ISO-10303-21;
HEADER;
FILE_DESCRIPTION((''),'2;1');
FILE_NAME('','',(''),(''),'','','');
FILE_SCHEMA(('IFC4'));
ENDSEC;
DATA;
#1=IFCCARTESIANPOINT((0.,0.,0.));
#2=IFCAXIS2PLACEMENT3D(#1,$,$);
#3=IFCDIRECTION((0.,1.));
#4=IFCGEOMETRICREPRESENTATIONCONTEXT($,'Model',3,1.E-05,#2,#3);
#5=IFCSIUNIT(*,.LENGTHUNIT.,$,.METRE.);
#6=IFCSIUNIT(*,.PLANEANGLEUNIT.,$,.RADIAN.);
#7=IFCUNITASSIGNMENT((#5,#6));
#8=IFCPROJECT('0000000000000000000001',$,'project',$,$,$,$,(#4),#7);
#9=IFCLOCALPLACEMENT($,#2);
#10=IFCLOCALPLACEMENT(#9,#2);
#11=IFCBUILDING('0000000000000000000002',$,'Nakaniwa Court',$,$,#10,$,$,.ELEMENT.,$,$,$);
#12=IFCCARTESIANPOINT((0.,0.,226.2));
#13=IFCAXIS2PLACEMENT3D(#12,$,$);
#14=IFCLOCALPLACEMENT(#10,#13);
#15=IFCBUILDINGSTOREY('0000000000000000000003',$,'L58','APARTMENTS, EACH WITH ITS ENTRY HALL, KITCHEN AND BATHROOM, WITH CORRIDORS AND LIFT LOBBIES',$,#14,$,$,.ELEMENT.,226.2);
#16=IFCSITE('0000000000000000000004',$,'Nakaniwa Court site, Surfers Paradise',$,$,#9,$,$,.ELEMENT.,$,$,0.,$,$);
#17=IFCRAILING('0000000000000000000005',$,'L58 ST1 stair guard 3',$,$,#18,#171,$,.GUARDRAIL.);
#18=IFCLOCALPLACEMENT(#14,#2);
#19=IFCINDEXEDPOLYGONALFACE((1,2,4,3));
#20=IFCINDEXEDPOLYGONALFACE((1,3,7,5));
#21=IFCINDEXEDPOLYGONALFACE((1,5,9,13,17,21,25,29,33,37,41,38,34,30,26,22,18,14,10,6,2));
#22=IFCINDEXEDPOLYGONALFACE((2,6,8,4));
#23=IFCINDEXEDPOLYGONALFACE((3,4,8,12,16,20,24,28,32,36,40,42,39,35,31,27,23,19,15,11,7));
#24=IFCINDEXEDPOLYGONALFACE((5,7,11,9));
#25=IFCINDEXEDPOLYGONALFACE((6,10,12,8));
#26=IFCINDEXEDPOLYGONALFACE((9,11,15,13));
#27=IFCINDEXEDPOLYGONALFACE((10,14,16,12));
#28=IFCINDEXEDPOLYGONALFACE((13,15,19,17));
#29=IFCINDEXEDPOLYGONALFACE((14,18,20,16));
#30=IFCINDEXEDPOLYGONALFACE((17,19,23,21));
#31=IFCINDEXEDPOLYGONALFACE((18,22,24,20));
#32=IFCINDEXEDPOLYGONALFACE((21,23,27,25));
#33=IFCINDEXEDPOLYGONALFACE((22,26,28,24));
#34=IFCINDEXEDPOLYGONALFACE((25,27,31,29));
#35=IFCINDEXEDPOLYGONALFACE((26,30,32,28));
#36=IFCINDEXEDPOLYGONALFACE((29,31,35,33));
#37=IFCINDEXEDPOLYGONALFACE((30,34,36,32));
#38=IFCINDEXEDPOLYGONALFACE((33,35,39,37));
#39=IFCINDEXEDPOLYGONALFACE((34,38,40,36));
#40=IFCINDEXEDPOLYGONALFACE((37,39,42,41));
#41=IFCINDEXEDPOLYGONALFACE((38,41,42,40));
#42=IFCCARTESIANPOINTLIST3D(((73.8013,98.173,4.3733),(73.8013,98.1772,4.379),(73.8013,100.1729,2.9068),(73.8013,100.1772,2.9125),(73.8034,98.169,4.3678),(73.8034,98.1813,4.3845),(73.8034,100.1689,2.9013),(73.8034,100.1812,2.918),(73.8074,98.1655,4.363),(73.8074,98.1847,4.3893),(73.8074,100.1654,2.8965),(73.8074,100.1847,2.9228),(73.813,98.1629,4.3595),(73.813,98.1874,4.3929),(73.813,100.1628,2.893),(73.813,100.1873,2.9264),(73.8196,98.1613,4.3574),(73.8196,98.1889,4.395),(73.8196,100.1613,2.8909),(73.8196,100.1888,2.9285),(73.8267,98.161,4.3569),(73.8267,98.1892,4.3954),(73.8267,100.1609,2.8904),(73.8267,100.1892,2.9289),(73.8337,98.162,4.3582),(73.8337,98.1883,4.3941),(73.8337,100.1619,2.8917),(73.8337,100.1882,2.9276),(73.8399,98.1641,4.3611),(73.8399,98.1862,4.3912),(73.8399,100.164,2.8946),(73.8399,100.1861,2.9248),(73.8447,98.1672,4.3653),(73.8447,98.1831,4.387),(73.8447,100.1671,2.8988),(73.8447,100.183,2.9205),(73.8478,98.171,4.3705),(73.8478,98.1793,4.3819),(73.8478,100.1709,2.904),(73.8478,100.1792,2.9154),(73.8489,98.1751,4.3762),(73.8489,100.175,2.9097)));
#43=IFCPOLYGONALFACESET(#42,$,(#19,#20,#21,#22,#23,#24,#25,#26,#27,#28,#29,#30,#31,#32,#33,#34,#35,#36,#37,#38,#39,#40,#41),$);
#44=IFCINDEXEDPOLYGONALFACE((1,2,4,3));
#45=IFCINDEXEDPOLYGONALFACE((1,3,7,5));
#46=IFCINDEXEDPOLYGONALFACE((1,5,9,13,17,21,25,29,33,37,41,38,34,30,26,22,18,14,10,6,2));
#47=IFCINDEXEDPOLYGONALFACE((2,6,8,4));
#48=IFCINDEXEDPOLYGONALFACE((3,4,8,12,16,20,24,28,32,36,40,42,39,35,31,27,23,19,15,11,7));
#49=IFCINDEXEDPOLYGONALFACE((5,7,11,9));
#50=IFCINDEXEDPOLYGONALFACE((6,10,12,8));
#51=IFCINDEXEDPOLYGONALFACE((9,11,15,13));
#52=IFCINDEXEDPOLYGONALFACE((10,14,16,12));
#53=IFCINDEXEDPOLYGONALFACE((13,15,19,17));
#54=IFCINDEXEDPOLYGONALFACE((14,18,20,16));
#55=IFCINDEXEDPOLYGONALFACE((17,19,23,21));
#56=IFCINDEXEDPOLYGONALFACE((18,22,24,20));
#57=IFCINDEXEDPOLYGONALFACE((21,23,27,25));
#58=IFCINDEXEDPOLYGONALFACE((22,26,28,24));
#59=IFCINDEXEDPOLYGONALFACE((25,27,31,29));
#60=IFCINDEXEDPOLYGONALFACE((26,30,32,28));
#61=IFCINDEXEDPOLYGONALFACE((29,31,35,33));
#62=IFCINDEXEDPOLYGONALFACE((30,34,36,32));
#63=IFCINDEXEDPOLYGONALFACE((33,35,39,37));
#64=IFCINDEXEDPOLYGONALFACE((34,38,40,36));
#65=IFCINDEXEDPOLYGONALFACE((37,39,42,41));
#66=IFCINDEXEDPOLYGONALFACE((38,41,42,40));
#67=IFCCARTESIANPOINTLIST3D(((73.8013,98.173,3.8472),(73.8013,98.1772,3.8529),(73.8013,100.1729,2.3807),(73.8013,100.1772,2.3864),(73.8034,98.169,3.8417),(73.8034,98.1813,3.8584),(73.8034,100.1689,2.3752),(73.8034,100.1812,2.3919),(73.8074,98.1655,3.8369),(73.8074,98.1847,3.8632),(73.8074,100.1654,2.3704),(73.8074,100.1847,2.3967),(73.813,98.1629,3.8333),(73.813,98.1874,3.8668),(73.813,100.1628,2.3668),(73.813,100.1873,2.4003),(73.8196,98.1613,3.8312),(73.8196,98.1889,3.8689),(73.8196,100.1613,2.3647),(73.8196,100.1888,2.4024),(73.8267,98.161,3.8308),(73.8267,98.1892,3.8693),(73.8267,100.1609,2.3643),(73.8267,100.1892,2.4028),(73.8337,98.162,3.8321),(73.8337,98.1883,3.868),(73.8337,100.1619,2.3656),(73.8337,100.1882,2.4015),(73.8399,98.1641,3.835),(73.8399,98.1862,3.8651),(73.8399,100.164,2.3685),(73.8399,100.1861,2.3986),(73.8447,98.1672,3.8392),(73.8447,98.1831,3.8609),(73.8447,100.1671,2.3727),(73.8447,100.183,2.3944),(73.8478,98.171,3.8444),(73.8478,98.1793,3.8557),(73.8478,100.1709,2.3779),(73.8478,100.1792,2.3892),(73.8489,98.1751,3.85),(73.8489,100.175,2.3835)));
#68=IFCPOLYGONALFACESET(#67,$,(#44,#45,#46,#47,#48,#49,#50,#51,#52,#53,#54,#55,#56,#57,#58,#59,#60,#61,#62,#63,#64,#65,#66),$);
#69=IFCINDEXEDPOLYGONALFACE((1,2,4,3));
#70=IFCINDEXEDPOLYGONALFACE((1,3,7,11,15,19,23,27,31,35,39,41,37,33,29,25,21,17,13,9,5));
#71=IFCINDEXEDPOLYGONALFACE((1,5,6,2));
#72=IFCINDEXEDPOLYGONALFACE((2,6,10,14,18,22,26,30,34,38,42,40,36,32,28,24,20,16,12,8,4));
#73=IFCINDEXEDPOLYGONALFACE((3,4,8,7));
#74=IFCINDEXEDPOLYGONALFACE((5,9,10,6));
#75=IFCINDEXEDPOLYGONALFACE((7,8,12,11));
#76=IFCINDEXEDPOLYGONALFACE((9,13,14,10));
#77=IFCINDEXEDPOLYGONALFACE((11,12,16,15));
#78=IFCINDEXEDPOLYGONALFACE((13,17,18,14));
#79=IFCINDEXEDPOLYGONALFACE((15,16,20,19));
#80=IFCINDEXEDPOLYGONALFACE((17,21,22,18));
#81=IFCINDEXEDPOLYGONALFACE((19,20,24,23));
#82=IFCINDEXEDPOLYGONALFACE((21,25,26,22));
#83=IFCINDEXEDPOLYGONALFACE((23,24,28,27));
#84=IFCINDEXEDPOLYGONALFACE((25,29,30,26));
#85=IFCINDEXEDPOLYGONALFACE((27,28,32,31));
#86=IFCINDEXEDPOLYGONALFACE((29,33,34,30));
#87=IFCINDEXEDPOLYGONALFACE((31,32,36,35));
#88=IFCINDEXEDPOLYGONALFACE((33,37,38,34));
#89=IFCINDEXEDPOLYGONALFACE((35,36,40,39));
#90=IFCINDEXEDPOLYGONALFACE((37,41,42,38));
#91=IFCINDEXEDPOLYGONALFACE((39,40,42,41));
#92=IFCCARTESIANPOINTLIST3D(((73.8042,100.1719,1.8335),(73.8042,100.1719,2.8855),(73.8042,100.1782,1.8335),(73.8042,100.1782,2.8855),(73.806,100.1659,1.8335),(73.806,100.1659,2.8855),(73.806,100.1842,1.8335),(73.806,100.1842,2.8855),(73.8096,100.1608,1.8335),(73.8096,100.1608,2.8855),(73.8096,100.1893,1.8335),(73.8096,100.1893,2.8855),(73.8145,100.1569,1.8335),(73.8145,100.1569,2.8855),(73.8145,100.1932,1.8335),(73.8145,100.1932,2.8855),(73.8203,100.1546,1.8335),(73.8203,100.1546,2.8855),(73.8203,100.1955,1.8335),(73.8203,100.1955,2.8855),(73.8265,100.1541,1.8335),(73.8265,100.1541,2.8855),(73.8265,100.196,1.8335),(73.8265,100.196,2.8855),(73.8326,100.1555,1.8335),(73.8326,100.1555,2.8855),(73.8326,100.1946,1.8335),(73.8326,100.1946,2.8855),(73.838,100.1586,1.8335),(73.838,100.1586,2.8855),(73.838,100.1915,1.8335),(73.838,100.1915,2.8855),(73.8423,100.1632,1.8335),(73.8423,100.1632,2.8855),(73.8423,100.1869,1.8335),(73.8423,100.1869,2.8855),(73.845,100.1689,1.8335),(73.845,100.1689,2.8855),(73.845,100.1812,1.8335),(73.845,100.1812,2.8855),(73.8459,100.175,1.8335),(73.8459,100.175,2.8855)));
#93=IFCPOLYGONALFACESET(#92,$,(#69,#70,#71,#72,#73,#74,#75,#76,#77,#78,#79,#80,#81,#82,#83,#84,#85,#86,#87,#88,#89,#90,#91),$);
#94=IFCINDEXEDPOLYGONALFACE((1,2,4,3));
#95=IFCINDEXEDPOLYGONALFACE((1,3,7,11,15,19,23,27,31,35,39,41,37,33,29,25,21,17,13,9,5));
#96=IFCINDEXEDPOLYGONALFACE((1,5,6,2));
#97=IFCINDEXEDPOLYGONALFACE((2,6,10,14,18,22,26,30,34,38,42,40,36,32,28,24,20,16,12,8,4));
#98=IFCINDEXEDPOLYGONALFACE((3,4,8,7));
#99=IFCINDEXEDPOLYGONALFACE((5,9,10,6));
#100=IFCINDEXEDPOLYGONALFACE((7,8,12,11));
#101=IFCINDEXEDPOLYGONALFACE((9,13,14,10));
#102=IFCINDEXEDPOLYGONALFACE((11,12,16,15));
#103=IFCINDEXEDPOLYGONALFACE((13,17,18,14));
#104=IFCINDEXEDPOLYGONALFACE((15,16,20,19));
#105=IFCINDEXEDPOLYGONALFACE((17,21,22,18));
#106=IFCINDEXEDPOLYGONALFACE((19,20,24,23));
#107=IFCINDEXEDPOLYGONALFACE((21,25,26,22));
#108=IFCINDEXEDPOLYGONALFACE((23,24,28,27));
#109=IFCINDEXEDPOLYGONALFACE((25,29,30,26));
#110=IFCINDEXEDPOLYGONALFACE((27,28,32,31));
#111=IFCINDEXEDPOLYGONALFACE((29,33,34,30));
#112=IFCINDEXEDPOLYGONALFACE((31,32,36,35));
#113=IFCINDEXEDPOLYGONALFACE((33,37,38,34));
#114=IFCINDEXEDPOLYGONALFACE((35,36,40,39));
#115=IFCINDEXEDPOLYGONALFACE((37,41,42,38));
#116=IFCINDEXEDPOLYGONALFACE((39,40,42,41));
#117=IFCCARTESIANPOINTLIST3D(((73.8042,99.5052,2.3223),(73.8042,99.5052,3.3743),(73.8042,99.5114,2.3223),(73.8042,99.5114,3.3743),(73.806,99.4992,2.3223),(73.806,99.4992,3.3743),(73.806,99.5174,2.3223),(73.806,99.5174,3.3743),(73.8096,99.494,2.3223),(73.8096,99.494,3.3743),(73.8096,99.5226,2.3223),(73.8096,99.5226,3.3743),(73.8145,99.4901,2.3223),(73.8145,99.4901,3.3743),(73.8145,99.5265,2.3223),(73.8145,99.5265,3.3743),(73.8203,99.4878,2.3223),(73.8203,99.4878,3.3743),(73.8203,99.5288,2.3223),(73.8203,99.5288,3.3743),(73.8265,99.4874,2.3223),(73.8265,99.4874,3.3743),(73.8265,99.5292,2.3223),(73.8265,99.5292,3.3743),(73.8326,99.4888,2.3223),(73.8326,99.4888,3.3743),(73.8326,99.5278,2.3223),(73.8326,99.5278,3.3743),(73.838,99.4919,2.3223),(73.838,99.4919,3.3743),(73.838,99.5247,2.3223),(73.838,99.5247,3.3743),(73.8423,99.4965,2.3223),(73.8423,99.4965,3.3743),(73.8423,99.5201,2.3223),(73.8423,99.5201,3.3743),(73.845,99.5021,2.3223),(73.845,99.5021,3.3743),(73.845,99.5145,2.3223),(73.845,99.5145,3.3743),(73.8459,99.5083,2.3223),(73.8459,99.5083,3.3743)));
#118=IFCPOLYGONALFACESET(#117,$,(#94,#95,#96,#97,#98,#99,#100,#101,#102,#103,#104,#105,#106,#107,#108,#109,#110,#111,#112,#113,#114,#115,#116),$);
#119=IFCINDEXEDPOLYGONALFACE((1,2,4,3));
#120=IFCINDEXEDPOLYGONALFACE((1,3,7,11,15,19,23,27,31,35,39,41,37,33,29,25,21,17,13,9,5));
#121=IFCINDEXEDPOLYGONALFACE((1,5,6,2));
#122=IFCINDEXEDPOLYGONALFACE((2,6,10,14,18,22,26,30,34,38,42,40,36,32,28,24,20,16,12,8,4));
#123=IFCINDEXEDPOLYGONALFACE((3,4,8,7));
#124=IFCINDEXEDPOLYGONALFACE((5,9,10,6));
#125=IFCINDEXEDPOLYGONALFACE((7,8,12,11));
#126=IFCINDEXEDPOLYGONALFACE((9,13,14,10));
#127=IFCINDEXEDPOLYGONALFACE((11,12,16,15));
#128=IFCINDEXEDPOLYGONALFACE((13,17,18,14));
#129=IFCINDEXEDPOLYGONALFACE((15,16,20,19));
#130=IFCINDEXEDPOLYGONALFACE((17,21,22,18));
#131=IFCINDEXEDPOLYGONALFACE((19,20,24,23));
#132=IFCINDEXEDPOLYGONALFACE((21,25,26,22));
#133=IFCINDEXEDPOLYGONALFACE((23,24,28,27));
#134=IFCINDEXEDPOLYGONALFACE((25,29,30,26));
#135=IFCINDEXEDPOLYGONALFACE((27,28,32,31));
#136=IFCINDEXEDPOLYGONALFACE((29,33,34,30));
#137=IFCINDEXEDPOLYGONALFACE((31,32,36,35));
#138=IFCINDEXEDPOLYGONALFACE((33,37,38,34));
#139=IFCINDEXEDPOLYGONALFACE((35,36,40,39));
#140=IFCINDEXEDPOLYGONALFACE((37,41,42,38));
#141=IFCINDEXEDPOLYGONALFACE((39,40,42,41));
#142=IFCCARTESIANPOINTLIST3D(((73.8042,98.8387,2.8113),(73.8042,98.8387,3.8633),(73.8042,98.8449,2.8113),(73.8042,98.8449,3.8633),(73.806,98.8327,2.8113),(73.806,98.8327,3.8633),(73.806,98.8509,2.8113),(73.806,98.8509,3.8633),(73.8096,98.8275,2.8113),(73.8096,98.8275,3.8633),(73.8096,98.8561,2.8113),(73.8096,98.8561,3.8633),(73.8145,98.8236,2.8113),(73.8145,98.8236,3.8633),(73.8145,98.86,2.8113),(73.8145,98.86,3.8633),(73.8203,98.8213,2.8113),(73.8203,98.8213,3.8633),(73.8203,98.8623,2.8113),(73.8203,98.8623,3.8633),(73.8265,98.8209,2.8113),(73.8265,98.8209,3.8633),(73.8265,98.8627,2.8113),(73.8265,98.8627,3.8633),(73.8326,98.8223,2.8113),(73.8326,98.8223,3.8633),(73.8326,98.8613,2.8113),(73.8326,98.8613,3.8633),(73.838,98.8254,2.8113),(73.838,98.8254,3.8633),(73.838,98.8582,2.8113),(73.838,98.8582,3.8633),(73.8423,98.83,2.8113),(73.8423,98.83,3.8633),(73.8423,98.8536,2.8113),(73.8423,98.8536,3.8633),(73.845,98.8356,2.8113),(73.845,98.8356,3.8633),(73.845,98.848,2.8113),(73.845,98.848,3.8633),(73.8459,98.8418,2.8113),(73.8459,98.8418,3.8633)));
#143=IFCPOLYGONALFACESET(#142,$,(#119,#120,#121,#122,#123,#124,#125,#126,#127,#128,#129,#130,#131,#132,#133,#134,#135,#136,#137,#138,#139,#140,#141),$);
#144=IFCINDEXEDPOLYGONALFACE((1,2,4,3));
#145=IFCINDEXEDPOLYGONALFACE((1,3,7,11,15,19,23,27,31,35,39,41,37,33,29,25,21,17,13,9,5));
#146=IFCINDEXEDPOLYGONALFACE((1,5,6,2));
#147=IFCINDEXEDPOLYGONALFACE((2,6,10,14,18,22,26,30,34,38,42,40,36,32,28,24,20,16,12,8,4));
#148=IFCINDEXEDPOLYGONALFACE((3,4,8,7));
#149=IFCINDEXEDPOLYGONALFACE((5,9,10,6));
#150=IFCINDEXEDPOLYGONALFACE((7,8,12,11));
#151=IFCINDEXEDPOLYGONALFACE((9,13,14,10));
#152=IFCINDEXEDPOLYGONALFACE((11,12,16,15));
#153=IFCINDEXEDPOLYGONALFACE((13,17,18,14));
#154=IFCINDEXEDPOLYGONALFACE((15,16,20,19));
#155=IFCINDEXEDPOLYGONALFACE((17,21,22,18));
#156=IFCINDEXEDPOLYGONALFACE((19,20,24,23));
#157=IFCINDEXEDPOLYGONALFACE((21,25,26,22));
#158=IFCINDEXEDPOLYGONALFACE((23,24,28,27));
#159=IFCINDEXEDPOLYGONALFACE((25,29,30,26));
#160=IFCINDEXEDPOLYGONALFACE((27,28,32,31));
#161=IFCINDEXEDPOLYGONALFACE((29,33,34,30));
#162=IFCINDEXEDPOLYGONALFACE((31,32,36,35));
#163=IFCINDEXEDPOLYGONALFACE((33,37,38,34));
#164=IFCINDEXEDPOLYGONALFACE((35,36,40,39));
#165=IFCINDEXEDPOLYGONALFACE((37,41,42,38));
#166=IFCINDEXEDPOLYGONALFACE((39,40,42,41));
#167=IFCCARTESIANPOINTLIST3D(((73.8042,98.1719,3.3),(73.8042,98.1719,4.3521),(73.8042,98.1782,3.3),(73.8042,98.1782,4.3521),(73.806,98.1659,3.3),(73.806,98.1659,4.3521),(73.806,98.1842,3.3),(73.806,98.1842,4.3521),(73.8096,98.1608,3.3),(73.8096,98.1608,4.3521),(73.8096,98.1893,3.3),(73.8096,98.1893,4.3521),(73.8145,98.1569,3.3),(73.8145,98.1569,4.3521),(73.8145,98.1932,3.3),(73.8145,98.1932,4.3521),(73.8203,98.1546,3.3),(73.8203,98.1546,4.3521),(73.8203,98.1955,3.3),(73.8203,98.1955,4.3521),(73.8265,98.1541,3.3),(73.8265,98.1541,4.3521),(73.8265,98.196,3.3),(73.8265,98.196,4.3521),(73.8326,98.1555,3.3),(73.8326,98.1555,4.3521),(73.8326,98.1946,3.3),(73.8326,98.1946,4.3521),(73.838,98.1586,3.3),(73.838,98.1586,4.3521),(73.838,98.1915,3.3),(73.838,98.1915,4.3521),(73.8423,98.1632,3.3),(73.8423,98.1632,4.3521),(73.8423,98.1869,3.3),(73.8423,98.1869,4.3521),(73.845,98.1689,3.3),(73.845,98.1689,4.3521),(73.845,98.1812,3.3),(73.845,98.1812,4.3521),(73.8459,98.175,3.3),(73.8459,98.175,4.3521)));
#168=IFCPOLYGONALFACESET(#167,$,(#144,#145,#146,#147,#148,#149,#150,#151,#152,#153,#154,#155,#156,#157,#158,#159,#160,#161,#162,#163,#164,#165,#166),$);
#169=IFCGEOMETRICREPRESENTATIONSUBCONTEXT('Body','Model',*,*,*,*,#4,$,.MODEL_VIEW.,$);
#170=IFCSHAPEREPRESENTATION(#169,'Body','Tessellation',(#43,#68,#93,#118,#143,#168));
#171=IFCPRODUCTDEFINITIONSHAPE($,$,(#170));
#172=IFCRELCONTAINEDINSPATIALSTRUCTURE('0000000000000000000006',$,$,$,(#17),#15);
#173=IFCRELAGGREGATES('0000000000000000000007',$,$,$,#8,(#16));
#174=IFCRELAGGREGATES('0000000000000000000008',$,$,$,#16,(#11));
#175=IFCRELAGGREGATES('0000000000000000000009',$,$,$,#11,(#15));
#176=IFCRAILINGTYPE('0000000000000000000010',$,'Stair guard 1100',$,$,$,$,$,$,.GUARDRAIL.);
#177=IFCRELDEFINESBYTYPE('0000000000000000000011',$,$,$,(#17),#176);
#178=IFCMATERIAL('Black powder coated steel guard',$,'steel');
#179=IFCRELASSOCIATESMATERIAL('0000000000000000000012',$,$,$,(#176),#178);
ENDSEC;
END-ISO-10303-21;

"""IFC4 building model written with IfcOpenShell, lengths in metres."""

from ifc_helpers import new_model, si_unit, direction, frame, origin, origin_2d, place, context, subcontext, project, spatial, circle, extrude, material, type_object, element, save


model = new_model("IFC4")

# Units and contexts
model_context = context("Model", 3, precision=1e-05, world=origin(), true_north=direction((0.0, 1.0)))
body_context = subcontext(model_context, "Body", "Model", "MODEL_VIEW")
ifc_project = project(units=[si_unit("LENGTHUNIT", "METRE"), si_unit("PLANEANGLEUNIT", "RADIAN")], contexts=[model_context])

# Site, building, storey
site_placement = place(None, origin())
site = spatial("IfcSite", under=ifc_project, at=site_placement, Name="Nakaniwa Court site, Surfers Paradise", CompositionType="ELEMENT", RefElevation=0.0)
building_placement = place(site_placement, origin())
building = spatial("IfcBuilding", under=site, at=building_placement, Name="Nakaniwa Court", CompositionType="ELEMENT")
storey_placement = place(building_placement, frame((0.0, 0.0, 226.2)))
storey = spatial("IfcBuildingStorey", under=building, at=storey_placement, Name="L58", Description="APARTMENTS, EACH WITH ITS ENTRY HALL, KITCHEN AND BATHROOM, WITH CORRIDORS AND LIFT LOBBIES", CompositionType="ELEMENT", Elevation=226.2)

# Railing
ifc_material_1 = material(Name="Black powder coated steel guard", Category="steel")
railing_type_1 = type_object("IfcRailingType", Name="Stair guard 1100", PredefinedType="GUARDRAIL", material=ifc_material_1)
railing_1_placement = place(storey_placement, frame((73.825, 100.175, 1.8335)))
element("IfcRailing", 1, at=railing_1_placement, inside=storey, type_object=railing_type_1, Name="L58 ST1 stair guard 3", PredefinedType="GUARDRAIL", context=body_context, shape_type="SweptSolid", body=[
    extrude(circle(Radius=0.0239, at=origin_2d()), frame((0.0, 0.0, 1.0762), z_axis=(0.0, -0.806427, 0.591334), x_axis=(1.0, 0.0, 0.0)), (0.0, 0.0, 1.0), 2.48),
    extrude(circle(Radius=0.0239, at=origin_2d()), frame((0.0, 0.0, 0.55), z_axis=(0.0, -0.806427, 0.591334), x_axis=(1.0, 0.0, 0.0)), (0.0, 0.0, 1.0), 2.48),
    extrude(circle(Radius=0.021, at=origin_2d()), origin(), (0.0, 0.0, 1.0), 1.052),
    extrude(circle(Radius=0.021, at=origin_2d()), frame((0.0, -0.6667, 0.4888)), (0.0, 0.0, 1.0), 1.052),
    extrude(circle(Radius=0.021, at=origin_2d()), frame((0.0, -1.3333, 0.9778)), (0.0, 0.0, 1.0), 1.052),
    extrude(circle(Radius=0.021, at=origin_2d()), frame((0.0, -2.0, 1.4666)), (0.0, 0.0, 1.0), 1.052),
])

save(model, "model.ifc")
